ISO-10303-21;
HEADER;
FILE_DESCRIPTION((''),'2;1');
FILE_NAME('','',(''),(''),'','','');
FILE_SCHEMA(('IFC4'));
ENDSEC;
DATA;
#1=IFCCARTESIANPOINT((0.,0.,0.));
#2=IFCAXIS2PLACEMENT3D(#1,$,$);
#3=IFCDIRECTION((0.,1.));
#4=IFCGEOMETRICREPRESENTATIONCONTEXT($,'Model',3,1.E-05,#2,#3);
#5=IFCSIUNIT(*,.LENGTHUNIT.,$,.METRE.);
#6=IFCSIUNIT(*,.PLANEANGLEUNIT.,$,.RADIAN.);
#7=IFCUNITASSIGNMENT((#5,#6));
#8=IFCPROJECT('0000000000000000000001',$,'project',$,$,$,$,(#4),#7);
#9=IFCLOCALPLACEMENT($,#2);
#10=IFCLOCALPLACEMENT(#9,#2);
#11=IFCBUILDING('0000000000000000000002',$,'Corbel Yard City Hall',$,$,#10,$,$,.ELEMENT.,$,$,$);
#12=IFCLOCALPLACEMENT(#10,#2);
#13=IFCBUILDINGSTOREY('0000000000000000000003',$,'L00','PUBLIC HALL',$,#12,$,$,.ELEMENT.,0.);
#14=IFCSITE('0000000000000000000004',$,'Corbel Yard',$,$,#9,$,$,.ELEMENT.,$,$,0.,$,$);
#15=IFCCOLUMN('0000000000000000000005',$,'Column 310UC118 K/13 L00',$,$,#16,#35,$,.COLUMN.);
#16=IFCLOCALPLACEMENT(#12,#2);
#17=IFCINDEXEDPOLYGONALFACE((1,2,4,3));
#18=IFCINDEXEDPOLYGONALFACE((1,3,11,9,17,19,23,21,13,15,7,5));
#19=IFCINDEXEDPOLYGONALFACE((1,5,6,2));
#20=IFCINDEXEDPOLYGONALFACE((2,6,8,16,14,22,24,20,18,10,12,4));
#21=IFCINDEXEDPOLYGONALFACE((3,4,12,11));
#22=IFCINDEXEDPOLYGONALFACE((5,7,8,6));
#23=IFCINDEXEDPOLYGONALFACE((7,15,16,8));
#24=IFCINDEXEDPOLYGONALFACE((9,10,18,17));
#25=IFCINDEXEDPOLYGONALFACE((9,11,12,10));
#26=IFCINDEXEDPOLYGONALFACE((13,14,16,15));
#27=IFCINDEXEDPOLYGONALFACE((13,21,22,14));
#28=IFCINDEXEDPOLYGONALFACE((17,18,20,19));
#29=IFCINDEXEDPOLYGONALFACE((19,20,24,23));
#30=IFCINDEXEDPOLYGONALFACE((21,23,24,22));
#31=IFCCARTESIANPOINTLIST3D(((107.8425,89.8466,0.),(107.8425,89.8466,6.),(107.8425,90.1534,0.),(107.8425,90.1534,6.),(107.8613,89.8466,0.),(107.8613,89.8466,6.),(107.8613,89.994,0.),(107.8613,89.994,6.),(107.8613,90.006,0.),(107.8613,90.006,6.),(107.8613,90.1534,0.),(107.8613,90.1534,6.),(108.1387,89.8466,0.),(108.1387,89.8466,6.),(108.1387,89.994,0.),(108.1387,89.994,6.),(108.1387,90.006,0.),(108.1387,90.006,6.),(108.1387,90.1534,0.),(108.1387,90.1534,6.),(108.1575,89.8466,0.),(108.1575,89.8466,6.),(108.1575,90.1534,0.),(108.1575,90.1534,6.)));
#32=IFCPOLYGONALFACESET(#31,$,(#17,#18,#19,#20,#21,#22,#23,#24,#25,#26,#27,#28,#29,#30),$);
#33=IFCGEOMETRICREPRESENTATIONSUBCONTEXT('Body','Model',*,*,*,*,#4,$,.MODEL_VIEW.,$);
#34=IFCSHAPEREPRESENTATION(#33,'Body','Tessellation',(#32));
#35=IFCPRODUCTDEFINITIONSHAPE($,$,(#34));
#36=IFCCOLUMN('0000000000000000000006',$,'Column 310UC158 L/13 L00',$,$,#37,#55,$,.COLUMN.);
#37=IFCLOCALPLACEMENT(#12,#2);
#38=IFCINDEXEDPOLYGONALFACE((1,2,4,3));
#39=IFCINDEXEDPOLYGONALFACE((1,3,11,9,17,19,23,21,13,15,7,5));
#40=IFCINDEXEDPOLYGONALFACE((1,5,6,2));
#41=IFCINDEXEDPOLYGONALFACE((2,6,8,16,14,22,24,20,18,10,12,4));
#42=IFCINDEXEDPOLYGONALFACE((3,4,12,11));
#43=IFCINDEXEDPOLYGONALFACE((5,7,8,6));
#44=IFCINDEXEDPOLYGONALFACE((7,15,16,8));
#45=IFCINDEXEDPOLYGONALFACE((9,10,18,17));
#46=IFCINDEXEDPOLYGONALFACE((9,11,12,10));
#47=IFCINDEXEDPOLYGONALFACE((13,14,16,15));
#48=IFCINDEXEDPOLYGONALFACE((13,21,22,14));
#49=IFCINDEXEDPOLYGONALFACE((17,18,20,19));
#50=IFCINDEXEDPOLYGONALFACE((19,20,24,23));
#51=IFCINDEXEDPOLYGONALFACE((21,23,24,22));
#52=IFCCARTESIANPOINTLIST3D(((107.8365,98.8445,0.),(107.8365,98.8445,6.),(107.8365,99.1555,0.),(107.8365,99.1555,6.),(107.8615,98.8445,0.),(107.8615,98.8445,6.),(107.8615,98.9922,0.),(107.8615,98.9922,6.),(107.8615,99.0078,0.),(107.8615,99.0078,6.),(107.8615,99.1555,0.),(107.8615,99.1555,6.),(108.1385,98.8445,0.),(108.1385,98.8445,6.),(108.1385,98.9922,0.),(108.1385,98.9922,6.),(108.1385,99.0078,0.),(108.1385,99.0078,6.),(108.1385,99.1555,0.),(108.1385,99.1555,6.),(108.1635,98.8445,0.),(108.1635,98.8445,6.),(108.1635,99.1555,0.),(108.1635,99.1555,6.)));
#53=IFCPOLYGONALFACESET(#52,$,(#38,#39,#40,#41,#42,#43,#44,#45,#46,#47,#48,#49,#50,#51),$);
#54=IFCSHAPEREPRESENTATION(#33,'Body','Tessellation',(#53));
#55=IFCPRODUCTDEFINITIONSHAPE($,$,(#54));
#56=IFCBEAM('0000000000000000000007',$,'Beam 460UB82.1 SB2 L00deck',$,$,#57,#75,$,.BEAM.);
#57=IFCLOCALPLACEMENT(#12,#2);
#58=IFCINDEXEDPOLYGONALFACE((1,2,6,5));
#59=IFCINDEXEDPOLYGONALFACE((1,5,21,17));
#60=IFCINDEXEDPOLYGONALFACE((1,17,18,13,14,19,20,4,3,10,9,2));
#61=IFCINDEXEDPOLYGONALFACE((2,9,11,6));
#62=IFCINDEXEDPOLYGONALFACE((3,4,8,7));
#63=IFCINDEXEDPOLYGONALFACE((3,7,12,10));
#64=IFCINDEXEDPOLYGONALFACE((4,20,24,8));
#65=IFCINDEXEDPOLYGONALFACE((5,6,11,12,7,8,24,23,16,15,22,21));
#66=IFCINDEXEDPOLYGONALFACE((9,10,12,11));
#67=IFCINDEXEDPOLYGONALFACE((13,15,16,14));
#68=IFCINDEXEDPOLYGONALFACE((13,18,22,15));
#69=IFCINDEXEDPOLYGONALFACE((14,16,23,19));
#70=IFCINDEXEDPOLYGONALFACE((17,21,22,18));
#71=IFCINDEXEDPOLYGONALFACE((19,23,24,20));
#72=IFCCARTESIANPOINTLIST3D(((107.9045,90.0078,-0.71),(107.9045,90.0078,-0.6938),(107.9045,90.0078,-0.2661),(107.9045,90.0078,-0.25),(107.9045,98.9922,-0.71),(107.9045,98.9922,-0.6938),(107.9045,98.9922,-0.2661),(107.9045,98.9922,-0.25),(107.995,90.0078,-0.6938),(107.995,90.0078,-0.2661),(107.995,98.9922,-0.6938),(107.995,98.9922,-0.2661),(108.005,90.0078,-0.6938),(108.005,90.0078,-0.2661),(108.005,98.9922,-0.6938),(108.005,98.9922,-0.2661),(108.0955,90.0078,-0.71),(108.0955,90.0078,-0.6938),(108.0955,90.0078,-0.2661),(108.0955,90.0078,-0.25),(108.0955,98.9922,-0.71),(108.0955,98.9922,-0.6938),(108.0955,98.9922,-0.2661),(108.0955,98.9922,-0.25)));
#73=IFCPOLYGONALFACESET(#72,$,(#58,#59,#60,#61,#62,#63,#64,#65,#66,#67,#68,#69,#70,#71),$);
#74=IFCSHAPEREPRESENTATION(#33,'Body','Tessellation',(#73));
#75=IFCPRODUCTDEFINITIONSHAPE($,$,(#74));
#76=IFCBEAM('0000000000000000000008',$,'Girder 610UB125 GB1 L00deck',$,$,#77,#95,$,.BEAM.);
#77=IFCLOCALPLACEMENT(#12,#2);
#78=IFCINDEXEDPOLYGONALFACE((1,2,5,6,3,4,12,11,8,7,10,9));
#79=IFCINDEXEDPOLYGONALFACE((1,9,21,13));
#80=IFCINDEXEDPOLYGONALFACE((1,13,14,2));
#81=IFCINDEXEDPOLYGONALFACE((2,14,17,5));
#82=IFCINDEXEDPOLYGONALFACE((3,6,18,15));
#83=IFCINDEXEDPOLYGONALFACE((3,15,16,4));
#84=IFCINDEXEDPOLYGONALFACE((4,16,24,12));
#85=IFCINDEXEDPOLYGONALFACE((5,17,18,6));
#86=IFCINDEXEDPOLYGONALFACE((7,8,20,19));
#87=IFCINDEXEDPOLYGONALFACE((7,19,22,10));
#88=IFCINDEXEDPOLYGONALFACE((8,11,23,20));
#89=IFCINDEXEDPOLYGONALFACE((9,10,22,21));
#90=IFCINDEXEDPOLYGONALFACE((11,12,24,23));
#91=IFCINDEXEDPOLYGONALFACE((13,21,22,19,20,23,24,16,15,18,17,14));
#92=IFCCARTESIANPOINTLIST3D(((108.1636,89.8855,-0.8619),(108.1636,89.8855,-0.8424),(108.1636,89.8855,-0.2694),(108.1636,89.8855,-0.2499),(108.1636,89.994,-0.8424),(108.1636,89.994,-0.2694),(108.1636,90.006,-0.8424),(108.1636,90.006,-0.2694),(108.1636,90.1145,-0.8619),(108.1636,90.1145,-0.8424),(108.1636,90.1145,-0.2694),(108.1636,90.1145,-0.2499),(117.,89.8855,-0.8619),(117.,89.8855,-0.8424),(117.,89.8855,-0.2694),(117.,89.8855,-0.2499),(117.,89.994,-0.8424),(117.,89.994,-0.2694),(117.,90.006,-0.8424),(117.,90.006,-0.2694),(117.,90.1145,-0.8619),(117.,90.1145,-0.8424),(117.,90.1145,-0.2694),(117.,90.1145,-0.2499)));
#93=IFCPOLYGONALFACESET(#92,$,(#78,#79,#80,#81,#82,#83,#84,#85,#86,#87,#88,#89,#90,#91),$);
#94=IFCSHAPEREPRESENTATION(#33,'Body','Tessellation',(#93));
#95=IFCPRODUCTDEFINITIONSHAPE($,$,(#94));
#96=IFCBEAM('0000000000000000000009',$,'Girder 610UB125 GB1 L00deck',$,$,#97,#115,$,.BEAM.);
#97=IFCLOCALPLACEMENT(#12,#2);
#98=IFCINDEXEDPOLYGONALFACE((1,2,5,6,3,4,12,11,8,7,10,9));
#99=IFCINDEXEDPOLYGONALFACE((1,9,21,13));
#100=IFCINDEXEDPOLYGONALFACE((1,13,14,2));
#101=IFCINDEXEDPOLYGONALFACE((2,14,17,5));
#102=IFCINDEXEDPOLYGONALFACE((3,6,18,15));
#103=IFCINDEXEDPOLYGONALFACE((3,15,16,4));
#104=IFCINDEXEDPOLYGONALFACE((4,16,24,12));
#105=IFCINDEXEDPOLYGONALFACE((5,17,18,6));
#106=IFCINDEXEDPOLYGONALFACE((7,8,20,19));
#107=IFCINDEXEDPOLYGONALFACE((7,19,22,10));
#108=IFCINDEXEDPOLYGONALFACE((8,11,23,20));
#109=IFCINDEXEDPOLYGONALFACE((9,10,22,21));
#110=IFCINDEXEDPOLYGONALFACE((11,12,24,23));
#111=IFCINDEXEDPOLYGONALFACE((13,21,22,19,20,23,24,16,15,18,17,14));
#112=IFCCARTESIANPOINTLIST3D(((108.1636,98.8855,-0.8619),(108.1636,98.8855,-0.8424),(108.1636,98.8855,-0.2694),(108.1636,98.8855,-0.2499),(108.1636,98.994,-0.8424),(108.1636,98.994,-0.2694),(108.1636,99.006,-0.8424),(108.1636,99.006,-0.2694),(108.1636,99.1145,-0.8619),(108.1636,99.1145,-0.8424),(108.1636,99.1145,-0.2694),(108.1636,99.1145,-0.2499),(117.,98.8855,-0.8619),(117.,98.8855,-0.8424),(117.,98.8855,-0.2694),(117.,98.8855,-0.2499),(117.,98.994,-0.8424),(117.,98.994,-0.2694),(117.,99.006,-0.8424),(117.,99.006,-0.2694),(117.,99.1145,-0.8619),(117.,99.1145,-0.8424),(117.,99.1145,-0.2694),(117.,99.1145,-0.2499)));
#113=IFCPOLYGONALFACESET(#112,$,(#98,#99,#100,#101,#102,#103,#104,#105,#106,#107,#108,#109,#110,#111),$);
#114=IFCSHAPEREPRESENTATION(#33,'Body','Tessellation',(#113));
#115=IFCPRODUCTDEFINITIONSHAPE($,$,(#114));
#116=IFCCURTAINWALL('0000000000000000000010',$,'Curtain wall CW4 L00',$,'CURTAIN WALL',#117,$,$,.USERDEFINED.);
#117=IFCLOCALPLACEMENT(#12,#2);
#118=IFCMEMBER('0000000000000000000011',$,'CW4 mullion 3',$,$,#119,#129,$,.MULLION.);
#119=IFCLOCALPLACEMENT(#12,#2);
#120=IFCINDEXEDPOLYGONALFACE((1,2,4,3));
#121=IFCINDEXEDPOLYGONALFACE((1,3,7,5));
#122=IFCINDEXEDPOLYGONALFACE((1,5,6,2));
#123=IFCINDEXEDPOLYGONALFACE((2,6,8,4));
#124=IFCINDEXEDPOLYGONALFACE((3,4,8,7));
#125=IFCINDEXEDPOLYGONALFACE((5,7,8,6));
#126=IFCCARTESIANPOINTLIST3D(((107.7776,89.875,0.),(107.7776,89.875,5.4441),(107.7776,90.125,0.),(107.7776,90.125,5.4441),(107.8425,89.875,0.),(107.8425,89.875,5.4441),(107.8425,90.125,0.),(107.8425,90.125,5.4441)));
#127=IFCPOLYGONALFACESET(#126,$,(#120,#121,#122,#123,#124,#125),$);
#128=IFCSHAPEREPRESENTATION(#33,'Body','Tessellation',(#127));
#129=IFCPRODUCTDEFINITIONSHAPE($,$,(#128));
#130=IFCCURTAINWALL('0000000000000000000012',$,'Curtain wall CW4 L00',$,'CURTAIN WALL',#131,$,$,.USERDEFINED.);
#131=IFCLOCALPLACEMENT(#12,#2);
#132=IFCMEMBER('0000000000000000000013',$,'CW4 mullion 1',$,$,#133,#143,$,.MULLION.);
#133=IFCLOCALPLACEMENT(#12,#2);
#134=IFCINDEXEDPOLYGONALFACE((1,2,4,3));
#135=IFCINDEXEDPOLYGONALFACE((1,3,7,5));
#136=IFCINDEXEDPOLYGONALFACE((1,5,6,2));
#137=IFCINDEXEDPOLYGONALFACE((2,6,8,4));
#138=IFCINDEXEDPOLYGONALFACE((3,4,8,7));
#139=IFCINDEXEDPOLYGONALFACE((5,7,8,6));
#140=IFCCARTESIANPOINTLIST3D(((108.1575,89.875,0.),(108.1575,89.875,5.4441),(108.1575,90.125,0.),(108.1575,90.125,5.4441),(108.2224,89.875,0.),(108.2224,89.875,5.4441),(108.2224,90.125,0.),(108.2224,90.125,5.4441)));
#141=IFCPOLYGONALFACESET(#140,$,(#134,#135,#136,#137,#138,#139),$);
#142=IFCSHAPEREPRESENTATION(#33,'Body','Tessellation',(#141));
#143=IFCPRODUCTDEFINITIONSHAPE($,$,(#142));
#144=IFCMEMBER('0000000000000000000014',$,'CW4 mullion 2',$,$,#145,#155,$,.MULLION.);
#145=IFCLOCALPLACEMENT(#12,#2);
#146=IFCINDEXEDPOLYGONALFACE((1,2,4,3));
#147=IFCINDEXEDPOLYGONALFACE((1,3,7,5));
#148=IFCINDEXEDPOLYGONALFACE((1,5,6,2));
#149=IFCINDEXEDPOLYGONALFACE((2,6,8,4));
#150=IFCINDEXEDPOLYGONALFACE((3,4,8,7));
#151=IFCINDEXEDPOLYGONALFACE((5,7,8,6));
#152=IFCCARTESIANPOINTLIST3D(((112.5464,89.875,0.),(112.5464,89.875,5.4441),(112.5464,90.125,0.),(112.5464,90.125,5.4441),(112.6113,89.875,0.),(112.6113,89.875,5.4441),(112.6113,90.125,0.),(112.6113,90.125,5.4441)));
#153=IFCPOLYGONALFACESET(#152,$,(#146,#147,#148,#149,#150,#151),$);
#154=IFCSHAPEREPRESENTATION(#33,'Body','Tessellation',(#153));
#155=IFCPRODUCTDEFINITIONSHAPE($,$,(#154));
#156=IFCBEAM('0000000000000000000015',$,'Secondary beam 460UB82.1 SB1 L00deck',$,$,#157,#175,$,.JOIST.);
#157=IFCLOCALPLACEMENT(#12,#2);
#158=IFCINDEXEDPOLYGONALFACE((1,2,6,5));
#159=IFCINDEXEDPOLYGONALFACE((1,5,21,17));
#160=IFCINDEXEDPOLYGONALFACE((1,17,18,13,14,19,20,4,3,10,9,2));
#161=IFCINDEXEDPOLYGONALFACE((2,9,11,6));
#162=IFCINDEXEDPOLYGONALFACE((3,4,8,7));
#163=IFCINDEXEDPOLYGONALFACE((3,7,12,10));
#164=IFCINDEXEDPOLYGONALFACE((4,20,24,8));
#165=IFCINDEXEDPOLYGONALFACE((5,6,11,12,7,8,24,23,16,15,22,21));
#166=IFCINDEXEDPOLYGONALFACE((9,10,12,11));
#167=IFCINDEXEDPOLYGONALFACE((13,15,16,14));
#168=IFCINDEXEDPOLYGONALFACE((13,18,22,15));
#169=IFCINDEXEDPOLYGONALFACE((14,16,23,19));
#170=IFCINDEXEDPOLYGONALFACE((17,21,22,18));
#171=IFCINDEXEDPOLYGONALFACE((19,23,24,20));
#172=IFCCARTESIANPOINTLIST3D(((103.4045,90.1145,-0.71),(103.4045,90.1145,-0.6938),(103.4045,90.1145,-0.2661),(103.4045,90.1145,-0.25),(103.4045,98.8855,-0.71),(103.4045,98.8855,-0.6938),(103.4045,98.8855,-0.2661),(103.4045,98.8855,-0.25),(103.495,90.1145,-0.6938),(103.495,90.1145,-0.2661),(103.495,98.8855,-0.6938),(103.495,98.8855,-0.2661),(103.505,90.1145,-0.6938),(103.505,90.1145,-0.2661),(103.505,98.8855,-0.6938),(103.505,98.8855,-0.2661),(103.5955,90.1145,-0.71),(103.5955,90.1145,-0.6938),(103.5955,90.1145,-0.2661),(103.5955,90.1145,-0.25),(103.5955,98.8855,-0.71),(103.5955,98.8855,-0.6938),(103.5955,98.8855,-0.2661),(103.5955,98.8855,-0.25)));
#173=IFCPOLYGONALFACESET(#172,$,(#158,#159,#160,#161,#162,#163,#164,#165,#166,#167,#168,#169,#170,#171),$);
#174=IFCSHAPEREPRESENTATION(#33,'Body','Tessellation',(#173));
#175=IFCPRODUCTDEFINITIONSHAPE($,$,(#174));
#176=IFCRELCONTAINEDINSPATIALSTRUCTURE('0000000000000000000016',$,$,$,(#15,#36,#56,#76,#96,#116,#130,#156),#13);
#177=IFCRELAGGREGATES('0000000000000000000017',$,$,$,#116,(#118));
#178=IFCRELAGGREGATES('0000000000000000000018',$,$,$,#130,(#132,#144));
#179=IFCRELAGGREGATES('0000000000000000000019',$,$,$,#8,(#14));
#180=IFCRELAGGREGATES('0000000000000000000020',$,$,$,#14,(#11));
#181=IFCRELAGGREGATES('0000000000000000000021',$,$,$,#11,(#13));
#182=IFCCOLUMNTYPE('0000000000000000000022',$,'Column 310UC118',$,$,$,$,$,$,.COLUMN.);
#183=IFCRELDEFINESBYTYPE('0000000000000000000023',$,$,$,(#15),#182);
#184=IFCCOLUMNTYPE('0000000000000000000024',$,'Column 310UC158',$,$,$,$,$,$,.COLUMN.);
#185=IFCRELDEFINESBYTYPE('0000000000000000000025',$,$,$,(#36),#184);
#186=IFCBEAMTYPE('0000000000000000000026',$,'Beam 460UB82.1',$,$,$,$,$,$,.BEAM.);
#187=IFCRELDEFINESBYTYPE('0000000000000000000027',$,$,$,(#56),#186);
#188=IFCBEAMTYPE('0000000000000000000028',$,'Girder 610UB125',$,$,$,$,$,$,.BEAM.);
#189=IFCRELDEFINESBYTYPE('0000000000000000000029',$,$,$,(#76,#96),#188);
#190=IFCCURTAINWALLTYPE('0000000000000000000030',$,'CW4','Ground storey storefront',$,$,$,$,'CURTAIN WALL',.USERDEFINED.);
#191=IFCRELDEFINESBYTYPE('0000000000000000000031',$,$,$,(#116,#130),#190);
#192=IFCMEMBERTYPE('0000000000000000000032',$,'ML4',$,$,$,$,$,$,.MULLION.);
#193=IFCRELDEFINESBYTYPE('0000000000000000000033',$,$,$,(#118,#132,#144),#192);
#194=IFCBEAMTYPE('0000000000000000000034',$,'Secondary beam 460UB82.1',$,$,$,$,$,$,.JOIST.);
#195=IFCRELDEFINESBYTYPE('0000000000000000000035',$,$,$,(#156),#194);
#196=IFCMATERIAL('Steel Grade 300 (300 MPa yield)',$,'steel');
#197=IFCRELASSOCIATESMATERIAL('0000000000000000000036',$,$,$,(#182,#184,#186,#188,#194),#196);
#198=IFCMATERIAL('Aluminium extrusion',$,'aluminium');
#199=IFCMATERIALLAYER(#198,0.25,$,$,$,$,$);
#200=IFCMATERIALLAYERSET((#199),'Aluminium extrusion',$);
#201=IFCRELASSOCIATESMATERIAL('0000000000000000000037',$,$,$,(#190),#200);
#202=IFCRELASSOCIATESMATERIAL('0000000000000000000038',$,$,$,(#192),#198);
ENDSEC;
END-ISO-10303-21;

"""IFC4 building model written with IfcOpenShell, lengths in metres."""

from ifc_helpers import new_model, si_unit, direction, frame, origin, origin_2d, place, context, subcontext, project, spatial, rectangle, i_section, extrude, material, layer, layer_set, material_profile, profile_set, type_object, element, aggregate, save


model = new_model("IFC4")

# Units and contexts
model_context = context("Model", 3, precision=1e-05, world=origin(), true_north=direction((0.0, 1.0)))
body_context = subcontext(model_context, "Body", "Model", "MODEL_VIEW")
ifc_project = project(units=[si_unit("LENGTHUNIT", "METRE"), si_unit("PLANEANGLEUNIT", "RADIAN")], contexts=[model_context])

# Site, building, storey
site_placement = place(None, origin())
site = spatial("IfcSite", under=ifc_project, at=site_placement, Name="Corbel Yard", CompositionType="ELEMENT", RefElevation=0.0)
building_placement = place(site_placement, origin())
building = spatial("IfcBuilding", under=site, at=building_placement, Name="Corbel Yard City Hall", CompositionType="ELEMENT")
storey_placement = place(building_placement, origin())
storey = spatial("IfcBuildingStorey", under=building, at=storey_placement, Name="L00", Description="PUBLIC HALL", CompositionType="ELEMENT", Elevation=0.0)

# Columns
ifc_material_1 = material(Name="Steel Grade 300 (300 MPa yield)", Category="steel")
ifc_material_profile_1 = material_profile(ifc_material_1, i_section(OverallWidth=0.3069, OverallDepth=0.3149, WebThickness=0.012, FlangeThickness=0.0188, at=origin_2d()), Name="310UC118")
ifc_profile_set_1 = profile_set([ifc_material_profile_1], Name="Steel Grade 300 (300 MPa yield)")
column_type_1 = type_object("IfcColumnType", Name="Column 310UC118", PredefinedType="COLUMN", material=ifc_profile_set_1)
column_1_placement = place(storey_placement, frame((108.0, 90.0, 0.0), z_axis=(0.0, 0.0, 1.0), x_axis=(0.0, 1.0, 0.0)))
element("IfcColumn", 1, at=column_1_placement, inside=storey, type_object=column_type_1, Name="Column 310UC118 K/13 L00", PredefinedType="COLUMN", context=body_context, shape_type="SweptSolid", body=[
    extrude(i_section(OverallWidth=0.3069, OverallDepth=0.3149, WebThickness=0.012, FlangeThickness=0.0188, at=origin_2d()), origin(), (0.0, 0.0, 1.0), 6.0),
])
ifc_material_profile_2 = material_profile(ifc_material_1, i_section(OverallWidth=0.311, OverallDepth=0.3269, WebThickness=0.0156, FlangeThickness=0.0249, at=origin_2d()), Name="310UC158")
ifc_profile_set_2 = profile_set([ifc_material_profile_2], Name="Steel Grade 300 (300 MPa yield)")
column_type_2 = type_object("IfcColumnType", Name="Column 310UC158", PredefinedType="COLUMN", material=ifc_profile_set_2)
column_2_placement = place(storey_placement, frame((108.0, 99.0, 0.0), z_axis=(0.0, 0.0, 1.0), x_axis=(0.0, 1.0, 0.0)))
element("IfcColumn", 2, at=column_2_placement, inside=storey, type_object=column_type_2, Name="Column 310UC158 L/13 L00", PredefinedType="COLUMN", context=body_context, shape_type="SweptSolid", body=[
    extrude(i_section(OverallWidth=0.311, OverallDepth=0.3269, WebThickness=0.0156, FlangeThickness=0.0249, at=origin_2d()), origin(), (0.0, 0.0, 1.0), 6.0),
])

# Beams
ifc_material_profile_3 = material_profile(ifc_material_1, i_section(OverallWidth=0.1909, OverallDepth=0.46, WebThickness=0.01, FlangeThickness=0.0161, at=origin_2d()), Name="460UB82.1")
ifc_profile_set_3 = profile_set([ifc_material_profile_3], Name="Steel Grade 300 (300 MPa yield)")
beam_type_1 = type_object("IfcBeamType", Name="Beam 460UB82.1", PredefinedType="BEAM", material=ifc_profile_set_3)
beam_placement = place(storey_placement, frame((108.0, 90.0078, -0.48), z_axis=(0.0, 1.0, 0.0), x_axis=(-1.0, 0.0, 0.0)))
element("IfcBeam", 3, at=beam_placement, inside=storey, type_object=beam_type_1, Name="Beam 460UB82.1 SB2 L00deck", PredefinedType="BEAM", context=body_context, shape_type="SweptSolid", body=[
    extrude(i_section(OverallWidth=0.1909, OverallDepth=0.46, WebThickness=0.01, FlangeThickness=0.0161, at=origin_2d()), origin(), (0.0, 0.0, 1.0), 8.9844),
])
ifc_material_profile_4 = material_profile(ifc_material_1, i_section(OverallWidth=0.229, OverallDepth=0.6121, WebThickness=0.012, FlangeThickness=0.0195, at=origin_2d()), Name="610UB125")
ifc_profile_set_4 = profile_set([ifc_material_profile_4], Name="Steel Grade 300 (300 MPa yield)")
beam_type_2 = type_object("IfcBeamType", Name="Girder 610UB125", PredefinedType="BEAM", material=ifc_profile_set_4)
for number, where, z_axis, x_axis, name in (
    (4, (108.1636, 90.0, -0.5559), (1.0, 0.0, 0.0), (0.0, 1.0, 0.0), "Girder 610UB125 GB1 L00deck"),
    (5, (108.1636, 99.0, -0.5559), (1.0, 0.0, 0.0), (0.0, 1.0, 0.0), "Girder 610UB125 GB1 L00deck"),
):
    element("IfcBeam", number, at=place(storey_placement, frame(where, z_axis=z_axis, x_axis=x_axis)), inside=storey, type_object=beam_type_2, Name=name, PredefinedType="BEAM", context=body_context, shape_type="SweptSolid", body=[
        extrude(i_section(OverallWidth=0.229, OverallDepth=0.6121, WebThickness=0.012, FlangeThickness=0.0195, at=origin_2d()), origin(), (0.0, 0.0, 1.0), 8.8364),
    ])

# Curtain wall, member
ifc_material_2 = material(Name="Aluminium extrusion", Category="aluminium")
ifc_layer_1 = layer(ifc_material_2, 0.25)
ifc_layer_set_1 = layer_set([ifc_layer_1], Name="Aluminium extrusion")
curtain_wall_type = type_object("IfcCurtainWallType", Name="CW4", Description="Ground storey storefront", ElementType="CURTAIN WALL", PredefinedType="USERDEFINED", material=ifc_layer_set_1)
curtain_wall_1_placement = place(storey_placement, origin())
curtain_wall_1 = element("IfcCurtainWall", 6, at=curtain_wall_1_placement, inside=storey, type_object=curtain_wall_type, Name="Curtain wall CW4 L00", ObjectType="CURTAIN WALL", PredefinedType="USERDEFINED")
ifc_material_profile_5 = material_profile(ifc_material_2, rectangle(XDim=0.25, YDim=0.0649, at=origin_2d()), Name="250x65")
ifc_profile_set_5 = profile_set([ifc_material_profile_5], Name="Aluminium extrusion")
member_type_1 = type_object("IfcMemberType", Name="ML4", PredefinedType="MULLION", material=ifc_profile_set_5)
member_1_placement = place(storey_placement, frame((107.8101, 90.0, 0.0), z_axis=(0.0, 0.0, 1.0), x_axis=(0.0, 1.0, 0.0)))
member_1 = element("IfcMember", 7, at=member_1_placement, type_object=member_type_1, Name="CW4 mullion 3", PredefinedType="MULLION", context=body_context, shape_type="SweptSolid", body=[
    extrude(rectangle(XDim=0.25, YDim=0.0649, at=origin_2d()), origin(), (0.0, 0.0, 1.0), 5.4441),
])
aggregate(curtain_wall_1, [member_1])

# Curtain wall, members
curtain_wall_2_placement = place(storey_placement, origin())
curtain_wall_2 = element("IfcCurtainWall", 8, at=curtain_wall_2_placement, inside=storey, type_object=curtain_wall_type, Name="Curtain wall CW4 L00", ObjectType="CURTAIN WALL", PredefinedType="USERDEFINED")
member_2_placement = place(storey_placement, frame((108.1899, 90.0, 0.0), z_axis=(0.0, 0.0, 1.0), x_axis=(0.0, 1.0, 0.0)))
member_2 = element("IfcMember", 9, at=member_2_placement, type_object=member_type_1, Name="CW4 mullion 1", PredefinedType="MULLION", context=body_context, shape_type="SweptSolid", body=[
    extrude(rectangle(XDim=0.25, YDim=0.0649, at=origin_2d()), origin(), (0.0, 0.0, 1.0), 5.4441),
])
member_3_placement = place(storey_placement, frame((112.5789, 90.0, 0.0), z_axis=(0.0, 0.0, 1.0), x_axis=(0.0, 1.0, 0.0)))
member_3 = element("IfcMember", 10, at=member_3_placement, type_object=member_type_1, Name="CW4 mullion 2", PredefinedType="MULLION", context=body_context, shape_type="SweptSolid", body=[
    extrude(rectangle(XDim=0.25, YDim=0.0649, at=origin_2d()), origin(), (0.0, 0.0, 1.0), 5.4441),
])

# Beam
ifc_material_profile_6 = material_profile(ifc_material_1, i_section(OverallWidth=0.1909, OverallDepth=0.46, WebThickness=0.01, FlangeThickness=0.0161, at=origin_2d()), Name="460UB82.1")
ifc_profile_set_6 = profile_set([ifc_material_profile_6], Name="Steel Grade 300 (300 MPa yield)")
beam_type_3 = type_object("IfcBeamType", Name="Secondary beam 460UB82.1", PredefinedType="JOIST", material=ifc_profile_set_6)
for number, where, z_axis, x_axis, name in (
    (11, (103.5, 90.1145, -0.48), (0.0, 1.0, 0.0), (-1.0, 0.0, 0.0), "Secondary beam 460UB82.1 SB1 L00deck"),
):
    element("IfcBeam", number, at=place(storey_placement, frame(where, z_axis=z_axis, x_axis=x_axis)), inside=storey, type_object=beam_type_3, Name=name, PredefinedType="JOIST", context=body_context, shape_type="SweptSolid", body=[
        extrude(i_section(OverallWidth=0.1909, OverallDepth=0.46, WebThickness=0.01, FlangeThickness=0.0161, at=origin_2d()), origin(), (0.0, 0.0, 1.0), 8.771),
    ])

aggregate(curtain_wall_2, [member_2, member_3])

save(model, "model.ifc")
